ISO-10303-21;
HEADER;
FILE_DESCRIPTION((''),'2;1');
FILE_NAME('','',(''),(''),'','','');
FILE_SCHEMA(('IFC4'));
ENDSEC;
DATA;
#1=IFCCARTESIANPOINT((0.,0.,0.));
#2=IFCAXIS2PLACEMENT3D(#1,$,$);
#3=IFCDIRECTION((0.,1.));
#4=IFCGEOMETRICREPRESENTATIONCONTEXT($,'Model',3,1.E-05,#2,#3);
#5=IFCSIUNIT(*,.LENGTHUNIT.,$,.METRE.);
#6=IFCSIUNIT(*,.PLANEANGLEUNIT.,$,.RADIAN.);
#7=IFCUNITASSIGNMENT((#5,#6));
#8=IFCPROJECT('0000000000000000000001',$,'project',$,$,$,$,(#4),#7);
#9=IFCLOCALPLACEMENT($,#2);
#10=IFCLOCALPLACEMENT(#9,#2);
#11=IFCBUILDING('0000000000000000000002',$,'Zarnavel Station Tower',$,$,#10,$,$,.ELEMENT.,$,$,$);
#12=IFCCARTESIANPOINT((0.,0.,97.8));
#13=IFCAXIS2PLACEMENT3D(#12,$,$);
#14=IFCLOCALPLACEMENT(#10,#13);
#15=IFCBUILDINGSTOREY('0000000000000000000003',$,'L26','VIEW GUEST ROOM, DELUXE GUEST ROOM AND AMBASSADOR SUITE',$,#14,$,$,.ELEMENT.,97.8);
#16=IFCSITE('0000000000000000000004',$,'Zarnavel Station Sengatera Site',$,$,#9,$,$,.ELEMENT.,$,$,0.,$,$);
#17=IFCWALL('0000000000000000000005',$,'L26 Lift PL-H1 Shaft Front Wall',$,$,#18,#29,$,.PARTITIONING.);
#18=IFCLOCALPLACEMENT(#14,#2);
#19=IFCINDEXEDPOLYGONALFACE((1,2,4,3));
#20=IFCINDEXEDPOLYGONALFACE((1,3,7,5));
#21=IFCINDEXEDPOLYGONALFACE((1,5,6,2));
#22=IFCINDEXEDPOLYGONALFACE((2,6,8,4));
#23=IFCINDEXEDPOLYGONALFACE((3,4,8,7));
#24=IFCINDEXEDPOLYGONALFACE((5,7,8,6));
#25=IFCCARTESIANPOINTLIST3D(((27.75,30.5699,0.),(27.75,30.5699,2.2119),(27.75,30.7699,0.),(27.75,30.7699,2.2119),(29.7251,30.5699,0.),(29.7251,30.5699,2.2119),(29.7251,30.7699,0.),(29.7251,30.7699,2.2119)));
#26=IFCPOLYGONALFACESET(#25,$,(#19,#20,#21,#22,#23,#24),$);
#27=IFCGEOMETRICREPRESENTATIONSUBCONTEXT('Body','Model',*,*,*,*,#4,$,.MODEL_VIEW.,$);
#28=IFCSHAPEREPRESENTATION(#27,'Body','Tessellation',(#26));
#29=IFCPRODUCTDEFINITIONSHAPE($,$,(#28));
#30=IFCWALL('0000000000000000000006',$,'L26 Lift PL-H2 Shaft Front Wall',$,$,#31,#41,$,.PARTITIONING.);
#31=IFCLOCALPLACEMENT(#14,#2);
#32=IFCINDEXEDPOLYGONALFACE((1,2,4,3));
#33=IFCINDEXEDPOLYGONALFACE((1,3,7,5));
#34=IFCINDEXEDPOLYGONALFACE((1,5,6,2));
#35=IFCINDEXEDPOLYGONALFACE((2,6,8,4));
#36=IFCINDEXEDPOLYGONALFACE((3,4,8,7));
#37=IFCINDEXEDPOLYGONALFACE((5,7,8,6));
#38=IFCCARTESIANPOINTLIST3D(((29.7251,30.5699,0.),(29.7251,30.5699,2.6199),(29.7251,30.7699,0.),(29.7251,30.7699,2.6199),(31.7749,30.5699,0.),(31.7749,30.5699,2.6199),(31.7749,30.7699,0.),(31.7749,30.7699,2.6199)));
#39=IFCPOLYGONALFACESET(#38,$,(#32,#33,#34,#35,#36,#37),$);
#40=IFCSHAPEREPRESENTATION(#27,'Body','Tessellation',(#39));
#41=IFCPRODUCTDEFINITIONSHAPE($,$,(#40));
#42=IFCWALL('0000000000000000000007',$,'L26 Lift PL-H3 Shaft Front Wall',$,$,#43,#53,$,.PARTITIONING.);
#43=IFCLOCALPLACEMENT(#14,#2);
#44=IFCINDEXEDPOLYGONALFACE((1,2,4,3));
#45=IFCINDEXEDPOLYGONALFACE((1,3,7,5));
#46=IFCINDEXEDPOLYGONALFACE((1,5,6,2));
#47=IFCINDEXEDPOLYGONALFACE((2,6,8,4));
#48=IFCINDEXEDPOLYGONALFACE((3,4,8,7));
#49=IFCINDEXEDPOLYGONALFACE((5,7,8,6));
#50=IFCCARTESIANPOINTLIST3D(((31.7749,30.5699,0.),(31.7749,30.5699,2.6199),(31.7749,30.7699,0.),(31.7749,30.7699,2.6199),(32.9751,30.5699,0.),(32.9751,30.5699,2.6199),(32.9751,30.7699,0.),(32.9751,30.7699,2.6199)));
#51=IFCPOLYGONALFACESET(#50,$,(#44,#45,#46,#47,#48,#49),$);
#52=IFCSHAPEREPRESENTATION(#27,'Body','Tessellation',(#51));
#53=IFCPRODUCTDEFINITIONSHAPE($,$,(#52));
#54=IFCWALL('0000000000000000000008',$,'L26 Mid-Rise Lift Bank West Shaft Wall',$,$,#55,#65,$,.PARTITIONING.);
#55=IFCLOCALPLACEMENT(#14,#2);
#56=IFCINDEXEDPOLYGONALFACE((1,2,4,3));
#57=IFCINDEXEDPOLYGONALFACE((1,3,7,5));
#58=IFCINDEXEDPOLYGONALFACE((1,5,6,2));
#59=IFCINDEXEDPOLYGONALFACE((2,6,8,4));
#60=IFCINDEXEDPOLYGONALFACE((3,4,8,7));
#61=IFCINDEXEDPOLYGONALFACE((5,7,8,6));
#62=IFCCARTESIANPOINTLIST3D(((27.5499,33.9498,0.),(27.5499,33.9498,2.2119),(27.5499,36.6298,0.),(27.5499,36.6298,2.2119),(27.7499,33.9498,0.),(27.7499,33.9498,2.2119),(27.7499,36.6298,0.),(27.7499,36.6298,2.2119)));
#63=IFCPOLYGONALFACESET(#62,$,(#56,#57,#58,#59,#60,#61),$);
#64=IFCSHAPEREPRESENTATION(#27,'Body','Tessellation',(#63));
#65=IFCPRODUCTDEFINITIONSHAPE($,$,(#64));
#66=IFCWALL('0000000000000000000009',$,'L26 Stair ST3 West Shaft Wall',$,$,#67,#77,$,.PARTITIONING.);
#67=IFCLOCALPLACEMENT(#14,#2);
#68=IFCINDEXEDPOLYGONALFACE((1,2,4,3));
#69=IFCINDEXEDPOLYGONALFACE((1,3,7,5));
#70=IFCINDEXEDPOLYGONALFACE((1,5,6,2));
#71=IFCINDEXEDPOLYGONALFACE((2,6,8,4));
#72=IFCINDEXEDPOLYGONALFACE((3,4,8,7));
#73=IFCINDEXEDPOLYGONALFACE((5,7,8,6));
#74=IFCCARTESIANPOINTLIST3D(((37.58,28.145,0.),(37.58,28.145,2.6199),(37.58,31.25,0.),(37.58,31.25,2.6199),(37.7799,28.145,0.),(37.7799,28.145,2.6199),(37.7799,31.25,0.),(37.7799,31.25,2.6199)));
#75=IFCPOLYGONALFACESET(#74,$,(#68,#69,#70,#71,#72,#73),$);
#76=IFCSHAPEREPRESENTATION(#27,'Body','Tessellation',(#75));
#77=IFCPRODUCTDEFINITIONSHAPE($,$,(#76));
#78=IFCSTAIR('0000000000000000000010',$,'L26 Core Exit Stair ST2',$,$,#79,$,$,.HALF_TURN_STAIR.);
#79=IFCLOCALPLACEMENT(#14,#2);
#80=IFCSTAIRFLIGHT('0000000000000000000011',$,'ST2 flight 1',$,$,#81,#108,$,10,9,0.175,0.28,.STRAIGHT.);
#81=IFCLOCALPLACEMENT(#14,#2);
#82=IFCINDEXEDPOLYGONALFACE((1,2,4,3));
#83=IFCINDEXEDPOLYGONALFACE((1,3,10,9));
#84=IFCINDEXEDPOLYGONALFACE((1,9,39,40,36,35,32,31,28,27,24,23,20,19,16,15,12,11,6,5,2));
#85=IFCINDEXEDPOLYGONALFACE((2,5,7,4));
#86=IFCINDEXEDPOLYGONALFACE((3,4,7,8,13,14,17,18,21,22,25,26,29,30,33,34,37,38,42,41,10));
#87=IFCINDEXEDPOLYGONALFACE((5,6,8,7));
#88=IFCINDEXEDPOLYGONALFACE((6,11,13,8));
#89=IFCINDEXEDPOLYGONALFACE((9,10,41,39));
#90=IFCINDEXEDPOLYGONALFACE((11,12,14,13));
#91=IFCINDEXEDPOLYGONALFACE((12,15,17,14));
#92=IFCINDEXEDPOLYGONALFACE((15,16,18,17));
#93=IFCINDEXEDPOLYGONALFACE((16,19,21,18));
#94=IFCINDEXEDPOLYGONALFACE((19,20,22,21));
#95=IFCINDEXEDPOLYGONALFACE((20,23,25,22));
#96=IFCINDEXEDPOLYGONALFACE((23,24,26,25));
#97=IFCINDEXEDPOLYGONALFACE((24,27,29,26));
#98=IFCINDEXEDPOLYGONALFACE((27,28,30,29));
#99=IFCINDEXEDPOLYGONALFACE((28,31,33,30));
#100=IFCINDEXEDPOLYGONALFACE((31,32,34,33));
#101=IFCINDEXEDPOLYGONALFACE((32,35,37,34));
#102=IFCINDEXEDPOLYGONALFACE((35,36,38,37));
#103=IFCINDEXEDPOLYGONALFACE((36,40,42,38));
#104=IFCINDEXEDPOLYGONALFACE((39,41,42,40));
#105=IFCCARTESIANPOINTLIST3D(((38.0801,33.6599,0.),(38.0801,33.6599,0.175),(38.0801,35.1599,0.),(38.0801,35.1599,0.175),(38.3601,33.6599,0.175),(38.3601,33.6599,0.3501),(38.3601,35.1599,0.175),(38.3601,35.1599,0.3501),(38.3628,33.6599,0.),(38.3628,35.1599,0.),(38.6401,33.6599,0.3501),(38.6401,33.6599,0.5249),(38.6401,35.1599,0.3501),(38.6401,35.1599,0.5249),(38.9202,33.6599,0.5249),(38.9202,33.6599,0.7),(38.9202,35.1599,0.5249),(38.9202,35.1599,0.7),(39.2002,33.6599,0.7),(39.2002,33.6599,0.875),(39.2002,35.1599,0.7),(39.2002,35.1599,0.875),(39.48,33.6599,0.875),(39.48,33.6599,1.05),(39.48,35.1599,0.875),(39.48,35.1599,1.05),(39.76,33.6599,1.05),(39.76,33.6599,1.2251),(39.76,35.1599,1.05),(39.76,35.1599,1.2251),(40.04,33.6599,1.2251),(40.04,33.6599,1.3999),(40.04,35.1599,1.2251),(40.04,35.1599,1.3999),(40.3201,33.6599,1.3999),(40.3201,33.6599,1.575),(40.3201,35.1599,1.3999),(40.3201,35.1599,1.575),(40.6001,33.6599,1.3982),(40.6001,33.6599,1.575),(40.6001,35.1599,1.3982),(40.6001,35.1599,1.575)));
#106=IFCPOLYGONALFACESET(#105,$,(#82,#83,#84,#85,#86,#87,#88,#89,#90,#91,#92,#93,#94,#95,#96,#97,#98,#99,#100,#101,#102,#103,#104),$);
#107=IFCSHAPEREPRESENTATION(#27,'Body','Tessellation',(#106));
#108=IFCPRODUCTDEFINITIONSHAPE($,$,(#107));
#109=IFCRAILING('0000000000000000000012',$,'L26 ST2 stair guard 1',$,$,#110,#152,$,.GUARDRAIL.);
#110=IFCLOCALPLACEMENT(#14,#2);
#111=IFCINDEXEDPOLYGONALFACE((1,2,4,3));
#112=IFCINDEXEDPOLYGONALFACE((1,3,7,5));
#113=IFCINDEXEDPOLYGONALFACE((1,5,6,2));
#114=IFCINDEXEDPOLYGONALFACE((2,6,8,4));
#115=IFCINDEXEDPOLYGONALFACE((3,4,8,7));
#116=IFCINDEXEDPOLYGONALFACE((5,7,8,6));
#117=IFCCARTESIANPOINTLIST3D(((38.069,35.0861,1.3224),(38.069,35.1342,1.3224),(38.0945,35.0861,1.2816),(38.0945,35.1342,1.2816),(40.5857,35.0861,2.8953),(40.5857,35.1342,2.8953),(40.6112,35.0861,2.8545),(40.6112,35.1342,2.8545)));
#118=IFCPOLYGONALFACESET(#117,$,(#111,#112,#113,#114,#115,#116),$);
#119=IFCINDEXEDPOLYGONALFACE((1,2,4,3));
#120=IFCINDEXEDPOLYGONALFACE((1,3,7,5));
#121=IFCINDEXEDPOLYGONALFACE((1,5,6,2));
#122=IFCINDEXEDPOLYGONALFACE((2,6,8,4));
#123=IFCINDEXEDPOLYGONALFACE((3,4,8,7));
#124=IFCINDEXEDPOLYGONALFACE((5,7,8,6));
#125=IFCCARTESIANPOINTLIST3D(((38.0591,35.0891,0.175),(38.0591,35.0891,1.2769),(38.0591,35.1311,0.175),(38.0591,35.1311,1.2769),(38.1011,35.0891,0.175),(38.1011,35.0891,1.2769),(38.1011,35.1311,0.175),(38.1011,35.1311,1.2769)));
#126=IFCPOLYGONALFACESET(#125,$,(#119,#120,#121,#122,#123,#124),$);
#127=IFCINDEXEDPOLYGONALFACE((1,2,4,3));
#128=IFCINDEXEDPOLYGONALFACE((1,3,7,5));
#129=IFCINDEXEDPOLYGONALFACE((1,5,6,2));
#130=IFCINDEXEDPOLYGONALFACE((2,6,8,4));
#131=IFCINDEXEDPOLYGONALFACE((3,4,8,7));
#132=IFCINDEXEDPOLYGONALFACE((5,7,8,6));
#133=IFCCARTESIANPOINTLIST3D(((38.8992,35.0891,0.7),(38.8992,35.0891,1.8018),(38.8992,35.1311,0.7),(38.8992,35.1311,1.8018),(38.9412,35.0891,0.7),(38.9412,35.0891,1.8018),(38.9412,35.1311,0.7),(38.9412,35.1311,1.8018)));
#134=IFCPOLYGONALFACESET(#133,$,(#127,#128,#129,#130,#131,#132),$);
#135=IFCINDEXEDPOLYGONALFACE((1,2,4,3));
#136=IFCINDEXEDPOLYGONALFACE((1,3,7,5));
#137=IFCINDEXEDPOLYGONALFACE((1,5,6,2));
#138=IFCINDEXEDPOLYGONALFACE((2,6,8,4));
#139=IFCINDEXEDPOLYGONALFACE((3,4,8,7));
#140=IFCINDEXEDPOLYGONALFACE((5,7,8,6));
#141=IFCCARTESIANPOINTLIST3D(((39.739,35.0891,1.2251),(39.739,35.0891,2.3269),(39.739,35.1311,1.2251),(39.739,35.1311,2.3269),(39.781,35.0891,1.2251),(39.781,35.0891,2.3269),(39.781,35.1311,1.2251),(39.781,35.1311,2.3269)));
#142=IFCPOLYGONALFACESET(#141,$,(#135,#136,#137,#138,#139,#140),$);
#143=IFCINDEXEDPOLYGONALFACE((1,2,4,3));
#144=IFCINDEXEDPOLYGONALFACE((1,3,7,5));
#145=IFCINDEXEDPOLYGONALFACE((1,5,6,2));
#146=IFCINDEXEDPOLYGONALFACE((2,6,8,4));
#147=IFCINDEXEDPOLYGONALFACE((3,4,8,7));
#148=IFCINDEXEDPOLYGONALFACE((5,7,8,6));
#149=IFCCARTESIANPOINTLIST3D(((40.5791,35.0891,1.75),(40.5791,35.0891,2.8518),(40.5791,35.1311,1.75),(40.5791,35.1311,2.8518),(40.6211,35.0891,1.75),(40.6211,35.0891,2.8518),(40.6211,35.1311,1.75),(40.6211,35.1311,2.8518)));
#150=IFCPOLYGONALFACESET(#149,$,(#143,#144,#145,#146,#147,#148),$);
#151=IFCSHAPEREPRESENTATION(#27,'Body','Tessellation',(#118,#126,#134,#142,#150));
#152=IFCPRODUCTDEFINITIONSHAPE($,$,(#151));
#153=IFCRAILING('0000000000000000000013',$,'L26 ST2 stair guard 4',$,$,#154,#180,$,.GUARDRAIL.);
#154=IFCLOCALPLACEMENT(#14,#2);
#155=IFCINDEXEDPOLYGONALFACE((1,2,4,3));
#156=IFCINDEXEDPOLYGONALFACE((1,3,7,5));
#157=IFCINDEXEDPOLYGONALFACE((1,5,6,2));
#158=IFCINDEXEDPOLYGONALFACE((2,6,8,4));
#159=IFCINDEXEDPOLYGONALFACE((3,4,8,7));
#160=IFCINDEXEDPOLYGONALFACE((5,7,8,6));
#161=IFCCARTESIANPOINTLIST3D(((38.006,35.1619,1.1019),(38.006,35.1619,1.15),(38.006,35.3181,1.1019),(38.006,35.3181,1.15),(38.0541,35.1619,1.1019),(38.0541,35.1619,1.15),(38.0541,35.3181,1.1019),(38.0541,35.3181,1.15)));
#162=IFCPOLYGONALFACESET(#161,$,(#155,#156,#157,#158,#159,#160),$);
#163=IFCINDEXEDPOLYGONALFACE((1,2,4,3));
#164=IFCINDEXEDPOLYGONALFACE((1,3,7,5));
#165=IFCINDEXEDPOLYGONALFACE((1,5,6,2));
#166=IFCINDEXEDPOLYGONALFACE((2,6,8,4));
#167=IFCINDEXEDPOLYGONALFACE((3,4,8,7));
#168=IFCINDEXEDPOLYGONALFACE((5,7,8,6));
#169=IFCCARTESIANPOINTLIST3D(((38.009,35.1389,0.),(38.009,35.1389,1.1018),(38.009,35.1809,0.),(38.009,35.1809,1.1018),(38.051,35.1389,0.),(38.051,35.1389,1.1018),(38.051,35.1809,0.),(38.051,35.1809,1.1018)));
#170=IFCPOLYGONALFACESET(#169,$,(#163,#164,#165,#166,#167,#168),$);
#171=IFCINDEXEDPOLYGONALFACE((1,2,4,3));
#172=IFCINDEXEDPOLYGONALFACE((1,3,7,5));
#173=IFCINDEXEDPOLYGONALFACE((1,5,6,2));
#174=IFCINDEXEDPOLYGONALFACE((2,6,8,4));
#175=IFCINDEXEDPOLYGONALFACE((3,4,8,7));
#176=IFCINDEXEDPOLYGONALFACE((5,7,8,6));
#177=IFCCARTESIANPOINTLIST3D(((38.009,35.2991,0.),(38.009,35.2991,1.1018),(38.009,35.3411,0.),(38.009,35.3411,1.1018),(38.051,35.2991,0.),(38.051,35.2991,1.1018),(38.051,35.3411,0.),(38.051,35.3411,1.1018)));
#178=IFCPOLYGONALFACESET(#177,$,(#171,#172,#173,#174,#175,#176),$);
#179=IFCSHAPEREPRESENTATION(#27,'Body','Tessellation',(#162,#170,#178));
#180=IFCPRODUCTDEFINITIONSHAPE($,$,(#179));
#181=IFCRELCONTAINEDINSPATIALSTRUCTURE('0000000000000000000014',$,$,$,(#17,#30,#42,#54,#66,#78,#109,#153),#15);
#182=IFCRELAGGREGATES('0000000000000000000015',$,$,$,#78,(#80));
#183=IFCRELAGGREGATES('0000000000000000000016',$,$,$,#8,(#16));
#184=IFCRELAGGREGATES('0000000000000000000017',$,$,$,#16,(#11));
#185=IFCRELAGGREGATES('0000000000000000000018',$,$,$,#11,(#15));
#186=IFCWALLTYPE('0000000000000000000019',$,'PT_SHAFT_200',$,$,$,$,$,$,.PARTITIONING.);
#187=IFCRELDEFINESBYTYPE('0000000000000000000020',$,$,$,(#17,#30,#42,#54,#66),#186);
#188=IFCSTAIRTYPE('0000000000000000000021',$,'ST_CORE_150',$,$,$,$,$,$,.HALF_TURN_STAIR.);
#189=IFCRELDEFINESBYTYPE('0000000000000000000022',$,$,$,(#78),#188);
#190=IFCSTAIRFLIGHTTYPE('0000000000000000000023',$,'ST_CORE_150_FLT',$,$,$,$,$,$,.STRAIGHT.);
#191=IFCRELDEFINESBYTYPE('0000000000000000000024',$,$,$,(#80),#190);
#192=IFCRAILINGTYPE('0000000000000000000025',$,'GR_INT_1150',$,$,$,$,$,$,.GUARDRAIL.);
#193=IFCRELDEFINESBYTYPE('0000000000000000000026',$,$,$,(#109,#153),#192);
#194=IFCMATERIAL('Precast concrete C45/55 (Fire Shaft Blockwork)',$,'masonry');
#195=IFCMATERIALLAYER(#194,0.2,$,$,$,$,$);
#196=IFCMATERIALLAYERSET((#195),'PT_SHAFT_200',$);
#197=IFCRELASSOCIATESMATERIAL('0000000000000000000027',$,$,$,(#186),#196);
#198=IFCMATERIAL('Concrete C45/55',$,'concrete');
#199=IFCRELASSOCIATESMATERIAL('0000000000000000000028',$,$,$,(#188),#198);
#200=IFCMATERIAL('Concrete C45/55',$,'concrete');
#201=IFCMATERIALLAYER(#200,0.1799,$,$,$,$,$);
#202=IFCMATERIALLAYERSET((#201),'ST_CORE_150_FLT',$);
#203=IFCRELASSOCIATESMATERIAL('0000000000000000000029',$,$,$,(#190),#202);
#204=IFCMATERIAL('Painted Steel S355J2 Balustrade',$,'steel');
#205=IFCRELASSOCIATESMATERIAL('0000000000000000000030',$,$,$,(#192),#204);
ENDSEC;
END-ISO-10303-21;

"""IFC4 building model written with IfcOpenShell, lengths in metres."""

from ifc_helpers import new_model, si_unit, direction, frame, frame_2d, origin, origin_2d, place, context, subcontext, project, spatial, polyline, rectangle, outline, extrude, material, layer, layer_set, type_object, element, aggregate, save


model = new_model("IFC4")

# Units and contexts
model_context = context("Model", 3, precision=1e-05, world=origin(), true_north=direction((0.0, 1.0)))
body_context = subcontext(model_context, "Body", "Model", "MODEL_VIEW")
ifc_project = project(units=[si_unit("LENGTHUNIT", "METRE"), si_unit("PLANEANGLEUNIT", "RADIAN")], contexts=[model_context])

# Site, building, storey
site_placement = place(None, origin())
site = spatial("IfcSite", under=ifc_project, at=site_placement, Name="Zarnavel Station Sengatera Site", CompositionType="ELEMENT", RefElevation=0.0)
building_placement = place(site_placement, origin())
building = spatial("IfcBuilding", under=site, at=building_placement, Name="Zarnavel Station Tower", CompositionType="ELEMENT")
storey_placement = place(building_placement, frame((0.0, 0.0, 97.8)))
storey = spatial("IfcBuildingStorey", under=building, at=storey_placement, Name="L26", Description="VIEW GUEST ROOM, DELUXE GUEST ROOM AND AMBASSADOR SUITE", CompositionType="ELEMENT", Elevation=97.8)

# Shared definitions
ifc_material_1 = material(Name="Precast concrete C45/55 (Fire Shaft Blockwork)", Category="masonry")
ifc_layer_1 = layer(ifc_material_1, 0.2)
ifc_layer_set_1 = layer_set([ifc_layer_1], Name="PT_SHAFT_200")
wall_type_1 = type_object("IfcWallType", Name="PT_SHAFT_200", PredefinedType="PARTITIONING", material=ifc_layer_set_1)

# Walls
wall_1_placement = place(storey_placement, frame((27.75, 30.6699, 0.0), z_axis=(0.0, 0.0, 1.0), x_axis=(1.0, 0.0, 0.0)))
element("IfcWall", 1, at=wall_1_placement, inside=storey, type_object=wall_type_1, Name="L26 Lift PL-H1 Shaft Front Wall", PredefinedType="PARTITIONING", context=body_context, shape_type="SweptSolid", body=[
    extrude(rectangle(XDim=1.9751, YDim=0.2, at=frame_2d((0.9875, 0.0))), origin(), (0.0, 0.0, 1.0), 2.2119),
])
wall_2_placement = place(storey_placement, frame((29.7251, 30.6699, 0.0), z_axis=(0.0, 0.0, 1.0), x_axis=(1.0, 0.0, 0.0)))
element("IfcWall", 2, at=wall_2_placement, inside=storey, type_object=wall_type_1, Name="L26 Lift PL-H2 Shaft Front Wall", PredefinedType="PARTITIONING", context=body_context, shape_type="SweptSolid", body=[
    extrude(rectangle(XDim=2.0498, YDim=0.2, at=frame_2d((1.0249, 0.0))), origin(), (0.0, 0.0, 1.0), 2.6199),
])
wall_3_placement = place(storey_placement, frame((31.7749, 30.6699, 0.0), z_axis=(0.0, 0.0, 1.0), x_axis=(1.0, 0.0, 0.0)))
element("IfcWall", 3, at=wall_3_placement, inside=storey, type_object=wall_type_1, Name="L26 Lift PL-H3 Shaft Front Wall", PredefinedType="PARTITIONING", context=body_context, shape_type="SweptSolid", body=[
    extrude(rectangle(XDim=1.2002, YDim=0.2, at=frame_2d((0.6001, 0.0))), origin(), (0.0, 0.0, 1.0), 2.6199),
])

# Wall
wall_4_placement = place(storey_placement, frame((27.6499, 33.95, 0.0), z_axis=(0.0, 0.0, 1.0), x_axis=(0.0, 1.0, 0.0)))
element("IfcWall", 4, at=wall_4_placement, inside=storey, type_object=wall_type_1, Name="L26 Mid-Rise Lift Bank West Shaft Wall", PredefinedType="PARTITIONING", context=body_context, shape_type="SweptSolid", body=[
    extrude(rectangle(XDim=2.6799, YDim=0.2, at=frame_2d((1.3398, 0.0))), origin(), (0.0, 0.0, 1.0), 2.2119),
])

# Wall
wall_5_placement = place(storey_placement, frame((37.6799, 28.145, 0.0), z_axis=(0.0, 0.0, 1.0), x_axis=(0.0, 1.0, 0.0)))
element("IfcWall", 5, at=wall_5_placement, inside=storey, type_object=wall_type_1, Name="L26 Stair ST3 West Shaft Wall", PredefinedType="PARTITIONING", context=body_context, shape_type="SweptSolid", body=[
    extrude(rectangle(XDim=3.105, YDim=0.2, at=frame_2d((1.5525, 0.0))), origin(), (0.0, 0.0, 1.0), 2.6199),
])

# Stair, stair flight
ifc_material_2 = material(Name="Concrete C45/55", Category="concrete")
stair_type = type_object("IfcStairType", Name="ST_CORE_150", PredefinedType="HALF_TURN_STAIR", material=ifc_material_2)
stair_placement = place(storey_placement, origin())
stair = element("IfcStair", 6, at=stair_placement, inside=storey, type_object=stair_type, Name="L26 Core Exit Stair ST2", PredefinedType="HALF_TURN_STAIR")
ifc_material_3 = material(Name="Concrete C45/55", Category="concrete")
ifc_layer_2 = layer(ifc_material_3, 0.1799)
ifc_layer_set_2 = layer_set([ifc_layer_2], Name="ST_CORE_150_FLT")
stair_flight_type = type_object("IfcStairFlightType", Name="ST_CORE_150_FLT", PredefinedType="STRAIGHT", material=ifc_layer_set_2)
stair_flight_placement = place(storey_placement, frame((38.0801, 34.4099, 0.0), z_axis=(0.0, 0.0, 1.0), x_axis=(1.0, 0.0, 0.0)))
stair_flight = element("IfcStairFlight", 7, at=stair_flight_placement, type_object=stair_flight_type, Name="ST2 flight 1", NumberOfRisers=10, NumberOfTreads=9, PredefinedType="STRAIGHT", RiserHeight=0.175, TreadLength=0.28, context=body_context, shape_type="SweptSolid", body=[
    extrude(outline(polyline([(0.0, 0.0), (0.0, 0.175), (0.28, 0.175), (0.28, 0.3501), (0.5601, 0.3501), (0.5601, 0.5249), (0.8401, 0.5249), (0.8401, 0.7), (1.1201, 0.7), (1.1201, 0.875), (1.3999, 0.875), (1.3999, 1.05), (1.6799, 1.05), (1.6799, 1.2251), (1.96, 1.2251), (1.96, 1.3999), (2.24, 1.3999), (2.24, 1.575), (2.52, 1.575), (2.52, 1.75), (2.52, 1.3982), (0.2827, 0.0), (0.0, 0.0)])), frame((0.0, 0.75, 0.0), z_axis=(0.0, -1.0, 0.0), x_axis=(1.0, 0.0, 0.0)), (0.0, 0.0, 1.0), 1.5),
])
aggregate(stair, [stair_flight])

# Railings
ifc_material_4 = material(Name="Painted Steel S355J2 Balustrade", Category="steel")
railing_type_1 = type_object("IfcRailingType", Name="GR_INT_1150", PredefinedType="GUARDRAIL", material=ifc_material_4)
railing_1_placement = place(storey_placement, frame((38.0801, 35.1101, 0.175)))
element("IfcRailing", 8, at=railing_1_placement, inside=storey, type_object=railing_type_1, Name="L26 ST2 stair guard 1", PredefinedType="GUARDRAIL", context=body_context, shape_type="SweptSolid", body=[
    extrude(rectangle(XDim=0.0481, YDim=0.0481, at=origin_2d()), frame((0.0017, 0.0, 1.127), z_axis=(0.848008, 0.0, 0.529984), x_axis=(0.0, 1.0, 0.0)), (0.0, 0.0, 1.0), 2.9678),
    extrude(rectangle(XDim=0.042, YDim=0.042, at=origin_2d()), origin(), (0.0, 0.0, 1.0), 1.1018),
    extrude(rectangle(XDim=0.042, YDim=0.042, at=origin_2d()), frame((0.8401, 0.0, 0.5249)), (0.0, 0.0, 1.0), 1.1018),
    extrude(rectangle(XDim=0.042, YDim=0.042, at=origin_2d()), frame((1.6799, 0.0, 1.05)), (0.0, 0.0, 1.0), 1.1018),
    extrude(rectangle(XDim=0.042, YDim=0.042, at=origin_2d()), frame((2.52, 0.0, 1.575)), (0.0, 0.0, 1.0), 1.1018),
])
railing_2_placement = place(storey_placement, frame((38.03, 35.1599, 0.0)))
element("IfcRailing", 9, at=railing_2_placement, inside=storey, type_object=railing_type_1, Name="L26 ST2 stair guard 4", PredefinedType="GUARDRAIL", context=body_context, shape_type="SweptSolid", body=[
    extrude(rectangle(XDim=0.0481, YDim=0.0481, at=origin_2d()), frame((0.0, 0.002, 1.126), z_axis=(0.0, 1.0, 0.0), x_axis=(-1.0, 0.0, 0.0)), (0.0, 0.0, 1.0), 0.1562),
    extrude(rectangle(XDim=0.042, YDim=0.042, at=origin_2d()), origin(), (0.0, 0.0, 1.0), 1.1018),
    extrude(rectangle(XDim=0.042, YDim=0.042, at=origin_2d()), frame((0.0, 0.1602, 0.0)), (0.0, 0.0, 1.0), 1.1018),
])

save(model, "model.ifc")
